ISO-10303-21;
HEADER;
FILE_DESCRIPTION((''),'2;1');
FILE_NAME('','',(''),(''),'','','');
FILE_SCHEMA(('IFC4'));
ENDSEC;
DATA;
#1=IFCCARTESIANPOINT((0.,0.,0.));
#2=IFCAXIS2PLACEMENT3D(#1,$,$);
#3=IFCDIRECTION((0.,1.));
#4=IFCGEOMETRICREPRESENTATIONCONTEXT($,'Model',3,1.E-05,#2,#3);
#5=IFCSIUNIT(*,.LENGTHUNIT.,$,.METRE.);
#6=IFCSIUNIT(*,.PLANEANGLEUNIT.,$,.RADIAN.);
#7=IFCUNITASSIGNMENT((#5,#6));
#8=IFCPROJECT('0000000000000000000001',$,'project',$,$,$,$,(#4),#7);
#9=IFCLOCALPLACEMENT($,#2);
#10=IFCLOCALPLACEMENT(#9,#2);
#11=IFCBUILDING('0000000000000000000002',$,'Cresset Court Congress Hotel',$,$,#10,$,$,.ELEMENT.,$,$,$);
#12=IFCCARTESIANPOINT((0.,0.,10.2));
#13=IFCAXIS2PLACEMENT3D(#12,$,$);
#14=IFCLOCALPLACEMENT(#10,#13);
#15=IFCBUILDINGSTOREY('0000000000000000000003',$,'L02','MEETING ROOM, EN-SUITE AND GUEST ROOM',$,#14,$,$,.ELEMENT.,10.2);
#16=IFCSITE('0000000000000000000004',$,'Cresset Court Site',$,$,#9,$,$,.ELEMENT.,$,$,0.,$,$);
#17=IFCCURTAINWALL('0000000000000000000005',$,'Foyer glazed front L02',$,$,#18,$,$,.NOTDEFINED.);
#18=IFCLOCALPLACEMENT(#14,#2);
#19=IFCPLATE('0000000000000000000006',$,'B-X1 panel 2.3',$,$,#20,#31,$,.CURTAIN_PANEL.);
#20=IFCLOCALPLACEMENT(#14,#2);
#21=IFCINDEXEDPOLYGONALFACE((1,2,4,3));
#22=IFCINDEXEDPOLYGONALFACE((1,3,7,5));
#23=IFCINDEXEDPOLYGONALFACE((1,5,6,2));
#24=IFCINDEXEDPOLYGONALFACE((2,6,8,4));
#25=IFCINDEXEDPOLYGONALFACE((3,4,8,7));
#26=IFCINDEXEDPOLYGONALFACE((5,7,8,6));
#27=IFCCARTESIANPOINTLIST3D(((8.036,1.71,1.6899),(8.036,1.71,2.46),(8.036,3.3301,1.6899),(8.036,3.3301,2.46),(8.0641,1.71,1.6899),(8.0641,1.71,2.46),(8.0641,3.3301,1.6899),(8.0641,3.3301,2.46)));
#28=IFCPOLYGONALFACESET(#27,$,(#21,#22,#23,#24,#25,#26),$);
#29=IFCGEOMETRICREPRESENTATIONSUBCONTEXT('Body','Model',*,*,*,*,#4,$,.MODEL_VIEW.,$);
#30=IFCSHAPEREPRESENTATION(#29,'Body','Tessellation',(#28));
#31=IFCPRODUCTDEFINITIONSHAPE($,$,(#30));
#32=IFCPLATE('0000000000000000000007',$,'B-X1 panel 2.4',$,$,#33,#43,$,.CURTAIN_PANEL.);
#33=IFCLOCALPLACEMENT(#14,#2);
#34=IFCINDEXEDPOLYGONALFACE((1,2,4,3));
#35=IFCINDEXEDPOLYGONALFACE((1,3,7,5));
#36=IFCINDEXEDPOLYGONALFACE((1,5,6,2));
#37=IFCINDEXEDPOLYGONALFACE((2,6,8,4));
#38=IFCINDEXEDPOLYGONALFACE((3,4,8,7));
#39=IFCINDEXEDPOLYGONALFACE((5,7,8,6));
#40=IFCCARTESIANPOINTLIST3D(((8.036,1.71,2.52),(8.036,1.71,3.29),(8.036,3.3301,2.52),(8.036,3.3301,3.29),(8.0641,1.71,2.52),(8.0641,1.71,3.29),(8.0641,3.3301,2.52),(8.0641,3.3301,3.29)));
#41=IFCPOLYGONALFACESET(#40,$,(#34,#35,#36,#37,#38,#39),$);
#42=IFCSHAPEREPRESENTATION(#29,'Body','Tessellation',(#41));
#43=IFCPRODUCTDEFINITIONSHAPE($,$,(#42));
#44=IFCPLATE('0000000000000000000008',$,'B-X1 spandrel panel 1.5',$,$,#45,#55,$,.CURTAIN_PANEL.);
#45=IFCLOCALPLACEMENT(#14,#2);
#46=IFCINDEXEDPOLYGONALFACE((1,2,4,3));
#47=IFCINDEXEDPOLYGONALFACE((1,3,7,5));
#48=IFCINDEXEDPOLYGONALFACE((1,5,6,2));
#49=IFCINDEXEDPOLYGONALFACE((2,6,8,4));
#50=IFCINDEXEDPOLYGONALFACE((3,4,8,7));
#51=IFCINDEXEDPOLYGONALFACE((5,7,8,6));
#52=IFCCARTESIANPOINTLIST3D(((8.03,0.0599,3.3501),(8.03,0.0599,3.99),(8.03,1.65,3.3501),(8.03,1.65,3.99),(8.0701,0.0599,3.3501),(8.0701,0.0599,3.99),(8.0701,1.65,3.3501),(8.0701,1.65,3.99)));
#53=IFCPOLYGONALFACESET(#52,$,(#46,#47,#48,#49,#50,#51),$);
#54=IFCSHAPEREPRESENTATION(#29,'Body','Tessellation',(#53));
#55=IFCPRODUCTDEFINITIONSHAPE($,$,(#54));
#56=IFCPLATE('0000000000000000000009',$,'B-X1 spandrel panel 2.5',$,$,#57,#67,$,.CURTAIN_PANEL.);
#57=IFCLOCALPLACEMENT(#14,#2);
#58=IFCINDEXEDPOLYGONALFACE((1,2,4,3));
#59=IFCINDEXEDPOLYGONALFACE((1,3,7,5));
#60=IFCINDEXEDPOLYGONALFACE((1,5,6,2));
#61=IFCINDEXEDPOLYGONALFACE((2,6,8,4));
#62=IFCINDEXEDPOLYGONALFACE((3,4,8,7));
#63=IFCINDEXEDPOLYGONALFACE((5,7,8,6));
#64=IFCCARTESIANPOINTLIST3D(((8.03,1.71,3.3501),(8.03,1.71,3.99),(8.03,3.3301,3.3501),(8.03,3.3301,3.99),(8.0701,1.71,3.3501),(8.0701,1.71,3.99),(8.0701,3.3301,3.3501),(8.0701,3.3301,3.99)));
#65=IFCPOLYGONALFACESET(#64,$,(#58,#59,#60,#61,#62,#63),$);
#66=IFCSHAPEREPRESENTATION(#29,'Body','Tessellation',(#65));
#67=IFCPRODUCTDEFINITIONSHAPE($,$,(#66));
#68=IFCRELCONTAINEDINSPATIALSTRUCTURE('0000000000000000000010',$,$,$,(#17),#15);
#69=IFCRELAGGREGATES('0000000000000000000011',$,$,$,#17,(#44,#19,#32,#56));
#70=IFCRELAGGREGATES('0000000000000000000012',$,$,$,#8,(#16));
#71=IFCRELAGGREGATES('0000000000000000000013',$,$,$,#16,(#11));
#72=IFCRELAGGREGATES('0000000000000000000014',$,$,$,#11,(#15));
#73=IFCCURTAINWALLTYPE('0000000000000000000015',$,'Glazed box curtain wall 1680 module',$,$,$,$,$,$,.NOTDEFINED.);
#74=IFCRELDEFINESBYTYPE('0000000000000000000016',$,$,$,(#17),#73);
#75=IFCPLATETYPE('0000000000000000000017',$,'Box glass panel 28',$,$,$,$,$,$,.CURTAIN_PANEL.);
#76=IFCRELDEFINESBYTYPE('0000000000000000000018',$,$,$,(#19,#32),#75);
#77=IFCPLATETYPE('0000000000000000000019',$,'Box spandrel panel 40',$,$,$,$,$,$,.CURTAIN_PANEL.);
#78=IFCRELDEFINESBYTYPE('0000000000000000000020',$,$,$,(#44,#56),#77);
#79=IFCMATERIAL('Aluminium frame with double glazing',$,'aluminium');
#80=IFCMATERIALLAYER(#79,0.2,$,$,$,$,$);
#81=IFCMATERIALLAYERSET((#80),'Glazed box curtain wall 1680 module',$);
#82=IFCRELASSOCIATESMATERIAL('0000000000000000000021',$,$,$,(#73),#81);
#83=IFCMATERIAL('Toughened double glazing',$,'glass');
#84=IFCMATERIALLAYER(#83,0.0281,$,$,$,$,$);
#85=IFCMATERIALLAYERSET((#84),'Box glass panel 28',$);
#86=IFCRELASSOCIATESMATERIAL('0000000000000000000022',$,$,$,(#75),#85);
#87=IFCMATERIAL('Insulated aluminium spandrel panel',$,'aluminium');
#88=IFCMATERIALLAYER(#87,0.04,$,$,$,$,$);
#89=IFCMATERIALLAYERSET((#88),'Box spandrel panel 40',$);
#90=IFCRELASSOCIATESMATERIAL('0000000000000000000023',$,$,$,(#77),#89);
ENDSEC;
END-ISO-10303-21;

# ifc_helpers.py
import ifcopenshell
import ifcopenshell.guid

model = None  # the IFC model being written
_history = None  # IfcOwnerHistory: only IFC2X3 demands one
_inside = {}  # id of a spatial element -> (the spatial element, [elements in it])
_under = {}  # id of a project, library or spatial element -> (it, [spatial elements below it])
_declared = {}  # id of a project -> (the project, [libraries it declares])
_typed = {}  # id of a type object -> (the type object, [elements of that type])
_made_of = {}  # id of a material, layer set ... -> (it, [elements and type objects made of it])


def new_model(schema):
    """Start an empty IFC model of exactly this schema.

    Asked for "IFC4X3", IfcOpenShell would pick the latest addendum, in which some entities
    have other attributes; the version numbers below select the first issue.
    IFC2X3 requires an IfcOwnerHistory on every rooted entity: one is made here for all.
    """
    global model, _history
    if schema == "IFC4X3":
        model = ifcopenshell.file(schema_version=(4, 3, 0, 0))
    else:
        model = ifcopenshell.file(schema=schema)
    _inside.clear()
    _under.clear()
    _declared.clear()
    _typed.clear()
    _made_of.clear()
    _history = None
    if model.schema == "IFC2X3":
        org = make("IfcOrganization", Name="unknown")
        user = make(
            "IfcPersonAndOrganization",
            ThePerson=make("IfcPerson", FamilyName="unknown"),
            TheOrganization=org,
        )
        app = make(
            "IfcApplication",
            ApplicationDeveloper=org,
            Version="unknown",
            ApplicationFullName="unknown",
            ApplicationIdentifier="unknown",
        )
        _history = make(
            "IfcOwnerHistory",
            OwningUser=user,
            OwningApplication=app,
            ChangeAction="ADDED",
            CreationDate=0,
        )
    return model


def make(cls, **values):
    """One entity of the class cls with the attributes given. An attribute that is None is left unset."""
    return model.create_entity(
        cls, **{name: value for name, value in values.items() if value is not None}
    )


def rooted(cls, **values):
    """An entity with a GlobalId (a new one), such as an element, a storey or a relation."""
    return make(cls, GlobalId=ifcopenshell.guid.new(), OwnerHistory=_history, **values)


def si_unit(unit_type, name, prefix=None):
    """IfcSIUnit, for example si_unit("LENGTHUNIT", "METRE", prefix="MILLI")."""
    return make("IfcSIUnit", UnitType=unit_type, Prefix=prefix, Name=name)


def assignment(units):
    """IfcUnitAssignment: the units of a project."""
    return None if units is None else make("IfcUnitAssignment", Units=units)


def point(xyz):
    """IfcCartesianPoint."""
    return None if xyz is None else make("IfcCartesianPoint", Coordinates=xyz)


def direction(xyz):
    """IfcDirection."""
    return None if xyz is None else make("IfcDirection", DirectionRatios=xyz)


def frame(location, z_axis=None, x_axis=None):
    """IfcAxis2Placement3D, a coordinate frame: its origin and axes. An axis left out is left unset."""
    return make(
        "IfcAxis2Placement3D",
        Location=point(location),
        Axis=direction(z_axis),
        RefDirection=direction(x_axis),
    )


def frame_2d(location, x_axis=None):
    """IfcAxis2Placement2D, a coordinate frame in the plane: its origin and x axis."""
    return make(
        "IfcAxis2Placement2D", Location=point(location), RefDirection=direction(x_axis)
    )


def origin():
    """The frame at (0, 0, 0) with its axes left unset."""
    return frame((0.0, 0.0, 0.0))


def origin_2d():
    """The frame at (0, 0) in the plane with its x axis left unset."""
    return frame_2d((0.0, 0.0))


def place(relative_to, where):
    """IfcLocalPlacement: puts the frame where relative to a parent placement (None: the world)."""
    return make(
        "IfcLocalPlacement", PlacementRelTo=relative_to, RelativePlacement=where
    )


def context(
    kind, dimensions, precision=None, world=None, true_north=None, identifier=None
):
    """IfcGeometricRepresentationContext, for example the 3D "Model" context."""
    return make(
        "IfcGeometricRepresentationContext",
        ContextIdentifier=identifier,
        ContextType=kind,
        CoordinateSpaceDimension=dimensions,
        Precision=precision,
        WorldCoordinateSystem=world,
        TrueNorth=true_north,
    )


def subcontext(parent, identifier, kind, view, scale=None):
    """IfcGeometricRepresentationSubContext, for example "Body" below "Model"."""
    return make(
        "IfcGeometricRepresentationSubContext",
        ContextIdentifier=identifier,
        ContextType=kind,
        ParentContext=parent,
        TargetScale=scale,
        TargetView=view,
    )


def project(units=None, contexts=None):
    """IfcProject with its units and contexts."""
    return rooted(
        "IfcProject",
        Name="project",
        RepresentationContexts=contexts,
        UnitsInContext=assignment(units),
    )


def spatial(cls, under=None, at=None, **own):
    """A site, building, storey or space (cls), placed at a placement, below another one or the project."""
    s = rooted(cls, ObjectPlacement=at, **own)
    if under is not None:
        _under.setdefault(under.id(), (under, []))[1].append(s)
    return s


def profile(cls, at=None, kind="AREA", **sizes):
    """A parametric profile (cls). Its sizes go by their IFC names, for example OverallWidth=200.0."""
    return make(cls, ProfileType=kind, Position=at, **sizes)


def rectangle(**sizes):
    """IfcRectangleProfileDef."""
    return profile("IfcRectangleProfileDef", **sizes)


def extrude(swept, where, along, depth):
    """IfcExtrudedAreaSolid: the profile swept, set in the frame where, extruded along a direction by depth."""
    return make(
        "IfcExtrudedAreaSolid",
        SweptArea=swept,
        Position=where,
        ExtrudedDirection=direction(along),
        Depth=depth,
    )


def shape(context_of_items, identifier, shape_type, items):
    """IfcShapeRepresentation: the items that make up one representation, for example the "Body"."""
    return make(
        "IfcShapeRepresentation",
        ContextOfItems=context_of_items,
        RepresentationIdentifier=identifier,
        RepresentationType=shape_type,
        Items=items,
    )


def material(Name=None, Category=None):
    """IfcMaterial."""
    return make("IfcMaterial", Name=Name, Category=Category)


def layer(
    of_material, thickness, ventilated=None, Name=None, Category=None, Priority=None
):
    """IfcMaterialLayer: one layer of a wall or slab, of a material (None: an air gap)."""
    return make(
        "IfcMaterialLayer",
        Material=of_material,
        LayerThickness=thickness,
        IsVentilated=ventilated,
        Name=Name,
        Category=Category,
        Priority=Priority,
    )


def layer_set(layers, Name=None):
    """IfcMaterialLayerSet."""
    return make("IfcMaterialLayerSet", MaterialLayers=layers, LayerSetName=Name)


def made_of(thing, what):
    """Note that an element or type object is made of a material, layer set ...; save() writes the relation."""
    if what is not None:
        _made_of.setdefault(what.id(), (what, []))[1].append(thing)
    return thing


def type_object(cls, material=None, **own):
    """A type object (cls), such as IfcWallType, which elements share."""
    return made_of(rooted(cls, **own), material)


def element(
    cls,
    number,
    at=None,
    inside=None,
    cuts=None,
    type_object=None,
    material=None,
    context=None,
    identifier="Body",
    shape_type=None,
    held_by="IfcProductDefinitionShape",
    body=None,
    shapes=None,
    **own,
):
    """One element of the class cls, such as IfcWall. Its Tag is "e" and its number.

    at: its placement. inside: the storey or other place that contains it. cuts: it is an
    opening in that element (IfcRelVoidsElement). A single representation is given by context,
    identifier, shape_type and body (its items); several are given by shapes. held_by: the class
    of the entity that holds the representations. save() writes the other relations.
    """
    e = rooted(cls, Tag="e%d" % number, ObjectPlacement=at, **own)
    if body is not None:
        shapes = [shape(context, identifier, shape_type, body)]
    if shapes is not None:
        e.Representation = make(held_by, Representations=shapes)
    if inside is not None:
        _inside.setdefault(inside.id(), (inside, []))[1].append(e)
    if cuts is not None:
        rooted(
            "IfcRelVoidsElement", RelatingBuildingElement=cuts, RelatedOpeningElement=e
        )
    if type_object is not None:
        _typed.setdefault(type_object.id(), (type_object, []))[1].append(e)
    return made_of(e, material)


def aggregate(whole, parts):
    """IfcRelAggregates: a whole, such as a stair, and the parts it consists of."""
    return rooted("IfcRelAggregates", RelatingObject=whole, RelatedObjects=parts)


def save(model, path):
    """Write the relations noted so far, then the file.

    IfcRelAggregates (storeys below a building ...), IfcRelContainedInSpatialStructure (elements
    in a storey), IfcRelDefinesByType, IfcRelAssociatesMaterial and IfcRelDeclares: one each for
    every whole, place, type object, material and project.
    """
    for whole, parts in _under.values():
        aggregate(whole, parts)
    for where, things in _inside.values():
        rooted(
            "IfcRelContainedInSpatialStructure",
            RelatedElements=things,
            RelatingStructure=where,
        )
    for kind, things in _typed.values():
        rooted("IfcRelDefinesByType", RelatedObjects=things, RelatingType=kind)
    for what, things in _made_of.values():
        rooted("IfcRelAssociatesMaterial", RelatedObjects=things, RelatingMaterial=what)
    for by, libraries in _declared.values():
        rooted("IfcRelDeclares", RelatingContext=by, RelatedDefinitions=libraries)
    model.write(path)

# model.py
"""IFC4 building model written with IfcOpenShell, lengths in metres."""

from ifc_helpers import new_model, si_unit, direction, frame, origin, origin_2d, place, context, subcontext, project, spatial, rectangle, extrude, material, layer, layer_set, type_object, element, aggregate, save


model = new_model("IFC4")

# Units and contexts
model_context = context("Model", 3, precision=1e-05, world=origin(), true_north=direction((0.0, 1.0)))
body_context = subcontext(model_context, "Body", "Model", "MODEL_VIEW")
ifc_project = project(units=[si_unit("LENGTHUNIT", "METRE"), si_unit("PLANEANGLEUNIT", "RADIAN")], contexts=[model_context])

# Site, building, storey
site_placement = place(None, origin())
site = spatial("IfcSite", under=ifc_project, at=site_placement, Name="Cresset Court Site", CompositionType="ELEMENT", RefElevation=0.0)
building_placement = place(site_placement, origin())
building = spatial("IfcBuilding", under=site, at=building_placement, Name="Cresset Court Congress Hotel", CompositionType="ELEMENT")
storey_placement = place(building_placement, frame((0.0, 0.0, 10.2)))
storey = spatial("IfcBuildingStorey", under=building, at=storey_placement, Name="L02", Description="MEETING ROOM, EN-SUITE AND GUEST ROOM", CompositionType="ELEMENT", Elevation=10.2)

# Shared definitions
ifc_material_1 = material(Name="Aluminium frame with double glazing", Category="aluminium")
ifc_layer_1 = layer(ifc_material_1, 0.2)
ifc_layer_set_1 = layer_set([ifc_layer_1], Name="Glazed box curtain wall 1680 module")
curtain_wall_type = type_object("IfcCurtainWallType", Name="Glazed box curtain wall 1680 module", PredefinedType="NOTDEFINED", material=ifc_layer_set_1)

# Curtain wall
curtain_wall_1_placement = place(storey_placement, origin())
curtain_wall_1 = element("IfcCurtainWall", 1, at=curtain_wall_1_placement, inside=storey, type_object=curtain_wall_type, Name="Foyer glazed front L02", PredefinedType="NOTDEFINED")

# Plates
ifc_material_2 = material(Name="Toughened double glazing", Category="glass")
ifc_layer_2 = layer(ifc_material_2, 0.0281)
ifc_layer_set_2 = layer_set([ifc_layer_2], Name="Box glass panel 28")
plate_type_1 = type_object("IfcPlateType", Name="Box glass panel 28", PredefinedType="CURTAIN_PANEL", material=ifc_layer_set_2)
plate_1_placement = place(storey_placement, frame((8.05, 2.52, 1.6899), z_axis=(0.0, 0.0, 1.0), x_axis=(0.0, 1.0, 0.0)))
plate_1 = element("IfcPlate", 2, at=plate_1_placement, type_object=plate_type_1, Name="B-X1 panel 2.3", PredefinedType="CURTAIN_PANEL", context=body_context, shape_type="SweptSolid", body=[
    extrude(rectangle(XDim=1.6201, YDim=0.0281, at=origin_2d()), origin(), (0.0, 0.0, 1.0), 0.77),
])
plate_2_placement = place(storey_placement, frame((8.05, 2.52, 2.52), z_axis=(0.0, 0.0, 1.0), x_axis=(0.0, 1.0, 0.0)))
plate_2 = element("IfcPlate", 3, at=plate_2_placement, type_object=plate_type_1, Name="B-X1 panel 2.4", PredefinedType="CURTAIN_PANEL", context=body_context, shape_type="SweptSolid", body=[
    extrude(rectangle(XDim=1.6201, YDim=0.0281, at=origin_2d()), origin(), (0.0, 0.0, 1.0), 0.77),
])
ifc_material_3 = material(Name="Insulated aluminium spandrel panel", Category="aluminium")
ifc_layer_3 = layer(ifc_material_3, 0.04)
ifc_layer_set_3 = layer_set([ifc_layer_3], Name="Box spandrel panel 40")
plate_type_2 = type_object("IfcPlateType", Name="Box spandrel panel 40", PredefinedType="CURTAIN_PANEL", material=ifc_layer_set_3)
plate_3_placement = place(storey_placement, frame((8.05, 0.855, 3.3501), z_axis=(0.0, 0.0, 1.0), x_axis=(0.0, 1.0, 0.0)))
plate_3 = element("IfcPlate", 4, at=plate_3_placement, type_object=plate_type_2, Name="B-X1 spandrel panel 1.5", PredefinedType="CURTAIN_PANEL", context=body_context, shape_type="SweptSolid", body=[
    extrude(rectangle(XDim=1.5901, YDim=0.04, at=origin_2d()), origin(), (0.0, 0.0, 1.0), 0.6399),
])
plate_4_placement = place(storey_placement, frame((8.05, 2.52, 3.3501), z_axis=(0.0, 0.0, 1.0), x_axis=(0.0, 1.0, 0.0)))
plate_4 = element("IfcPlate", 5, at=plate_4_placement, type_object=plate_type_2, Name="B-X1 spandrel panel 2.5", PredefinedType="CURTAIN_PANEL", context=body_context, shape_type="SweptSolid", body=[
    extrude(rectangle(XDim=1.6201, YDim=0.04, at=origin_2d()), origin(), (0.0, 0.0, 1.0), 0.6399),
])
aggregate(curtain_wall_1, [plate_3, plate_1, plate_2, plate_4])

save(model, "model.ifc")
